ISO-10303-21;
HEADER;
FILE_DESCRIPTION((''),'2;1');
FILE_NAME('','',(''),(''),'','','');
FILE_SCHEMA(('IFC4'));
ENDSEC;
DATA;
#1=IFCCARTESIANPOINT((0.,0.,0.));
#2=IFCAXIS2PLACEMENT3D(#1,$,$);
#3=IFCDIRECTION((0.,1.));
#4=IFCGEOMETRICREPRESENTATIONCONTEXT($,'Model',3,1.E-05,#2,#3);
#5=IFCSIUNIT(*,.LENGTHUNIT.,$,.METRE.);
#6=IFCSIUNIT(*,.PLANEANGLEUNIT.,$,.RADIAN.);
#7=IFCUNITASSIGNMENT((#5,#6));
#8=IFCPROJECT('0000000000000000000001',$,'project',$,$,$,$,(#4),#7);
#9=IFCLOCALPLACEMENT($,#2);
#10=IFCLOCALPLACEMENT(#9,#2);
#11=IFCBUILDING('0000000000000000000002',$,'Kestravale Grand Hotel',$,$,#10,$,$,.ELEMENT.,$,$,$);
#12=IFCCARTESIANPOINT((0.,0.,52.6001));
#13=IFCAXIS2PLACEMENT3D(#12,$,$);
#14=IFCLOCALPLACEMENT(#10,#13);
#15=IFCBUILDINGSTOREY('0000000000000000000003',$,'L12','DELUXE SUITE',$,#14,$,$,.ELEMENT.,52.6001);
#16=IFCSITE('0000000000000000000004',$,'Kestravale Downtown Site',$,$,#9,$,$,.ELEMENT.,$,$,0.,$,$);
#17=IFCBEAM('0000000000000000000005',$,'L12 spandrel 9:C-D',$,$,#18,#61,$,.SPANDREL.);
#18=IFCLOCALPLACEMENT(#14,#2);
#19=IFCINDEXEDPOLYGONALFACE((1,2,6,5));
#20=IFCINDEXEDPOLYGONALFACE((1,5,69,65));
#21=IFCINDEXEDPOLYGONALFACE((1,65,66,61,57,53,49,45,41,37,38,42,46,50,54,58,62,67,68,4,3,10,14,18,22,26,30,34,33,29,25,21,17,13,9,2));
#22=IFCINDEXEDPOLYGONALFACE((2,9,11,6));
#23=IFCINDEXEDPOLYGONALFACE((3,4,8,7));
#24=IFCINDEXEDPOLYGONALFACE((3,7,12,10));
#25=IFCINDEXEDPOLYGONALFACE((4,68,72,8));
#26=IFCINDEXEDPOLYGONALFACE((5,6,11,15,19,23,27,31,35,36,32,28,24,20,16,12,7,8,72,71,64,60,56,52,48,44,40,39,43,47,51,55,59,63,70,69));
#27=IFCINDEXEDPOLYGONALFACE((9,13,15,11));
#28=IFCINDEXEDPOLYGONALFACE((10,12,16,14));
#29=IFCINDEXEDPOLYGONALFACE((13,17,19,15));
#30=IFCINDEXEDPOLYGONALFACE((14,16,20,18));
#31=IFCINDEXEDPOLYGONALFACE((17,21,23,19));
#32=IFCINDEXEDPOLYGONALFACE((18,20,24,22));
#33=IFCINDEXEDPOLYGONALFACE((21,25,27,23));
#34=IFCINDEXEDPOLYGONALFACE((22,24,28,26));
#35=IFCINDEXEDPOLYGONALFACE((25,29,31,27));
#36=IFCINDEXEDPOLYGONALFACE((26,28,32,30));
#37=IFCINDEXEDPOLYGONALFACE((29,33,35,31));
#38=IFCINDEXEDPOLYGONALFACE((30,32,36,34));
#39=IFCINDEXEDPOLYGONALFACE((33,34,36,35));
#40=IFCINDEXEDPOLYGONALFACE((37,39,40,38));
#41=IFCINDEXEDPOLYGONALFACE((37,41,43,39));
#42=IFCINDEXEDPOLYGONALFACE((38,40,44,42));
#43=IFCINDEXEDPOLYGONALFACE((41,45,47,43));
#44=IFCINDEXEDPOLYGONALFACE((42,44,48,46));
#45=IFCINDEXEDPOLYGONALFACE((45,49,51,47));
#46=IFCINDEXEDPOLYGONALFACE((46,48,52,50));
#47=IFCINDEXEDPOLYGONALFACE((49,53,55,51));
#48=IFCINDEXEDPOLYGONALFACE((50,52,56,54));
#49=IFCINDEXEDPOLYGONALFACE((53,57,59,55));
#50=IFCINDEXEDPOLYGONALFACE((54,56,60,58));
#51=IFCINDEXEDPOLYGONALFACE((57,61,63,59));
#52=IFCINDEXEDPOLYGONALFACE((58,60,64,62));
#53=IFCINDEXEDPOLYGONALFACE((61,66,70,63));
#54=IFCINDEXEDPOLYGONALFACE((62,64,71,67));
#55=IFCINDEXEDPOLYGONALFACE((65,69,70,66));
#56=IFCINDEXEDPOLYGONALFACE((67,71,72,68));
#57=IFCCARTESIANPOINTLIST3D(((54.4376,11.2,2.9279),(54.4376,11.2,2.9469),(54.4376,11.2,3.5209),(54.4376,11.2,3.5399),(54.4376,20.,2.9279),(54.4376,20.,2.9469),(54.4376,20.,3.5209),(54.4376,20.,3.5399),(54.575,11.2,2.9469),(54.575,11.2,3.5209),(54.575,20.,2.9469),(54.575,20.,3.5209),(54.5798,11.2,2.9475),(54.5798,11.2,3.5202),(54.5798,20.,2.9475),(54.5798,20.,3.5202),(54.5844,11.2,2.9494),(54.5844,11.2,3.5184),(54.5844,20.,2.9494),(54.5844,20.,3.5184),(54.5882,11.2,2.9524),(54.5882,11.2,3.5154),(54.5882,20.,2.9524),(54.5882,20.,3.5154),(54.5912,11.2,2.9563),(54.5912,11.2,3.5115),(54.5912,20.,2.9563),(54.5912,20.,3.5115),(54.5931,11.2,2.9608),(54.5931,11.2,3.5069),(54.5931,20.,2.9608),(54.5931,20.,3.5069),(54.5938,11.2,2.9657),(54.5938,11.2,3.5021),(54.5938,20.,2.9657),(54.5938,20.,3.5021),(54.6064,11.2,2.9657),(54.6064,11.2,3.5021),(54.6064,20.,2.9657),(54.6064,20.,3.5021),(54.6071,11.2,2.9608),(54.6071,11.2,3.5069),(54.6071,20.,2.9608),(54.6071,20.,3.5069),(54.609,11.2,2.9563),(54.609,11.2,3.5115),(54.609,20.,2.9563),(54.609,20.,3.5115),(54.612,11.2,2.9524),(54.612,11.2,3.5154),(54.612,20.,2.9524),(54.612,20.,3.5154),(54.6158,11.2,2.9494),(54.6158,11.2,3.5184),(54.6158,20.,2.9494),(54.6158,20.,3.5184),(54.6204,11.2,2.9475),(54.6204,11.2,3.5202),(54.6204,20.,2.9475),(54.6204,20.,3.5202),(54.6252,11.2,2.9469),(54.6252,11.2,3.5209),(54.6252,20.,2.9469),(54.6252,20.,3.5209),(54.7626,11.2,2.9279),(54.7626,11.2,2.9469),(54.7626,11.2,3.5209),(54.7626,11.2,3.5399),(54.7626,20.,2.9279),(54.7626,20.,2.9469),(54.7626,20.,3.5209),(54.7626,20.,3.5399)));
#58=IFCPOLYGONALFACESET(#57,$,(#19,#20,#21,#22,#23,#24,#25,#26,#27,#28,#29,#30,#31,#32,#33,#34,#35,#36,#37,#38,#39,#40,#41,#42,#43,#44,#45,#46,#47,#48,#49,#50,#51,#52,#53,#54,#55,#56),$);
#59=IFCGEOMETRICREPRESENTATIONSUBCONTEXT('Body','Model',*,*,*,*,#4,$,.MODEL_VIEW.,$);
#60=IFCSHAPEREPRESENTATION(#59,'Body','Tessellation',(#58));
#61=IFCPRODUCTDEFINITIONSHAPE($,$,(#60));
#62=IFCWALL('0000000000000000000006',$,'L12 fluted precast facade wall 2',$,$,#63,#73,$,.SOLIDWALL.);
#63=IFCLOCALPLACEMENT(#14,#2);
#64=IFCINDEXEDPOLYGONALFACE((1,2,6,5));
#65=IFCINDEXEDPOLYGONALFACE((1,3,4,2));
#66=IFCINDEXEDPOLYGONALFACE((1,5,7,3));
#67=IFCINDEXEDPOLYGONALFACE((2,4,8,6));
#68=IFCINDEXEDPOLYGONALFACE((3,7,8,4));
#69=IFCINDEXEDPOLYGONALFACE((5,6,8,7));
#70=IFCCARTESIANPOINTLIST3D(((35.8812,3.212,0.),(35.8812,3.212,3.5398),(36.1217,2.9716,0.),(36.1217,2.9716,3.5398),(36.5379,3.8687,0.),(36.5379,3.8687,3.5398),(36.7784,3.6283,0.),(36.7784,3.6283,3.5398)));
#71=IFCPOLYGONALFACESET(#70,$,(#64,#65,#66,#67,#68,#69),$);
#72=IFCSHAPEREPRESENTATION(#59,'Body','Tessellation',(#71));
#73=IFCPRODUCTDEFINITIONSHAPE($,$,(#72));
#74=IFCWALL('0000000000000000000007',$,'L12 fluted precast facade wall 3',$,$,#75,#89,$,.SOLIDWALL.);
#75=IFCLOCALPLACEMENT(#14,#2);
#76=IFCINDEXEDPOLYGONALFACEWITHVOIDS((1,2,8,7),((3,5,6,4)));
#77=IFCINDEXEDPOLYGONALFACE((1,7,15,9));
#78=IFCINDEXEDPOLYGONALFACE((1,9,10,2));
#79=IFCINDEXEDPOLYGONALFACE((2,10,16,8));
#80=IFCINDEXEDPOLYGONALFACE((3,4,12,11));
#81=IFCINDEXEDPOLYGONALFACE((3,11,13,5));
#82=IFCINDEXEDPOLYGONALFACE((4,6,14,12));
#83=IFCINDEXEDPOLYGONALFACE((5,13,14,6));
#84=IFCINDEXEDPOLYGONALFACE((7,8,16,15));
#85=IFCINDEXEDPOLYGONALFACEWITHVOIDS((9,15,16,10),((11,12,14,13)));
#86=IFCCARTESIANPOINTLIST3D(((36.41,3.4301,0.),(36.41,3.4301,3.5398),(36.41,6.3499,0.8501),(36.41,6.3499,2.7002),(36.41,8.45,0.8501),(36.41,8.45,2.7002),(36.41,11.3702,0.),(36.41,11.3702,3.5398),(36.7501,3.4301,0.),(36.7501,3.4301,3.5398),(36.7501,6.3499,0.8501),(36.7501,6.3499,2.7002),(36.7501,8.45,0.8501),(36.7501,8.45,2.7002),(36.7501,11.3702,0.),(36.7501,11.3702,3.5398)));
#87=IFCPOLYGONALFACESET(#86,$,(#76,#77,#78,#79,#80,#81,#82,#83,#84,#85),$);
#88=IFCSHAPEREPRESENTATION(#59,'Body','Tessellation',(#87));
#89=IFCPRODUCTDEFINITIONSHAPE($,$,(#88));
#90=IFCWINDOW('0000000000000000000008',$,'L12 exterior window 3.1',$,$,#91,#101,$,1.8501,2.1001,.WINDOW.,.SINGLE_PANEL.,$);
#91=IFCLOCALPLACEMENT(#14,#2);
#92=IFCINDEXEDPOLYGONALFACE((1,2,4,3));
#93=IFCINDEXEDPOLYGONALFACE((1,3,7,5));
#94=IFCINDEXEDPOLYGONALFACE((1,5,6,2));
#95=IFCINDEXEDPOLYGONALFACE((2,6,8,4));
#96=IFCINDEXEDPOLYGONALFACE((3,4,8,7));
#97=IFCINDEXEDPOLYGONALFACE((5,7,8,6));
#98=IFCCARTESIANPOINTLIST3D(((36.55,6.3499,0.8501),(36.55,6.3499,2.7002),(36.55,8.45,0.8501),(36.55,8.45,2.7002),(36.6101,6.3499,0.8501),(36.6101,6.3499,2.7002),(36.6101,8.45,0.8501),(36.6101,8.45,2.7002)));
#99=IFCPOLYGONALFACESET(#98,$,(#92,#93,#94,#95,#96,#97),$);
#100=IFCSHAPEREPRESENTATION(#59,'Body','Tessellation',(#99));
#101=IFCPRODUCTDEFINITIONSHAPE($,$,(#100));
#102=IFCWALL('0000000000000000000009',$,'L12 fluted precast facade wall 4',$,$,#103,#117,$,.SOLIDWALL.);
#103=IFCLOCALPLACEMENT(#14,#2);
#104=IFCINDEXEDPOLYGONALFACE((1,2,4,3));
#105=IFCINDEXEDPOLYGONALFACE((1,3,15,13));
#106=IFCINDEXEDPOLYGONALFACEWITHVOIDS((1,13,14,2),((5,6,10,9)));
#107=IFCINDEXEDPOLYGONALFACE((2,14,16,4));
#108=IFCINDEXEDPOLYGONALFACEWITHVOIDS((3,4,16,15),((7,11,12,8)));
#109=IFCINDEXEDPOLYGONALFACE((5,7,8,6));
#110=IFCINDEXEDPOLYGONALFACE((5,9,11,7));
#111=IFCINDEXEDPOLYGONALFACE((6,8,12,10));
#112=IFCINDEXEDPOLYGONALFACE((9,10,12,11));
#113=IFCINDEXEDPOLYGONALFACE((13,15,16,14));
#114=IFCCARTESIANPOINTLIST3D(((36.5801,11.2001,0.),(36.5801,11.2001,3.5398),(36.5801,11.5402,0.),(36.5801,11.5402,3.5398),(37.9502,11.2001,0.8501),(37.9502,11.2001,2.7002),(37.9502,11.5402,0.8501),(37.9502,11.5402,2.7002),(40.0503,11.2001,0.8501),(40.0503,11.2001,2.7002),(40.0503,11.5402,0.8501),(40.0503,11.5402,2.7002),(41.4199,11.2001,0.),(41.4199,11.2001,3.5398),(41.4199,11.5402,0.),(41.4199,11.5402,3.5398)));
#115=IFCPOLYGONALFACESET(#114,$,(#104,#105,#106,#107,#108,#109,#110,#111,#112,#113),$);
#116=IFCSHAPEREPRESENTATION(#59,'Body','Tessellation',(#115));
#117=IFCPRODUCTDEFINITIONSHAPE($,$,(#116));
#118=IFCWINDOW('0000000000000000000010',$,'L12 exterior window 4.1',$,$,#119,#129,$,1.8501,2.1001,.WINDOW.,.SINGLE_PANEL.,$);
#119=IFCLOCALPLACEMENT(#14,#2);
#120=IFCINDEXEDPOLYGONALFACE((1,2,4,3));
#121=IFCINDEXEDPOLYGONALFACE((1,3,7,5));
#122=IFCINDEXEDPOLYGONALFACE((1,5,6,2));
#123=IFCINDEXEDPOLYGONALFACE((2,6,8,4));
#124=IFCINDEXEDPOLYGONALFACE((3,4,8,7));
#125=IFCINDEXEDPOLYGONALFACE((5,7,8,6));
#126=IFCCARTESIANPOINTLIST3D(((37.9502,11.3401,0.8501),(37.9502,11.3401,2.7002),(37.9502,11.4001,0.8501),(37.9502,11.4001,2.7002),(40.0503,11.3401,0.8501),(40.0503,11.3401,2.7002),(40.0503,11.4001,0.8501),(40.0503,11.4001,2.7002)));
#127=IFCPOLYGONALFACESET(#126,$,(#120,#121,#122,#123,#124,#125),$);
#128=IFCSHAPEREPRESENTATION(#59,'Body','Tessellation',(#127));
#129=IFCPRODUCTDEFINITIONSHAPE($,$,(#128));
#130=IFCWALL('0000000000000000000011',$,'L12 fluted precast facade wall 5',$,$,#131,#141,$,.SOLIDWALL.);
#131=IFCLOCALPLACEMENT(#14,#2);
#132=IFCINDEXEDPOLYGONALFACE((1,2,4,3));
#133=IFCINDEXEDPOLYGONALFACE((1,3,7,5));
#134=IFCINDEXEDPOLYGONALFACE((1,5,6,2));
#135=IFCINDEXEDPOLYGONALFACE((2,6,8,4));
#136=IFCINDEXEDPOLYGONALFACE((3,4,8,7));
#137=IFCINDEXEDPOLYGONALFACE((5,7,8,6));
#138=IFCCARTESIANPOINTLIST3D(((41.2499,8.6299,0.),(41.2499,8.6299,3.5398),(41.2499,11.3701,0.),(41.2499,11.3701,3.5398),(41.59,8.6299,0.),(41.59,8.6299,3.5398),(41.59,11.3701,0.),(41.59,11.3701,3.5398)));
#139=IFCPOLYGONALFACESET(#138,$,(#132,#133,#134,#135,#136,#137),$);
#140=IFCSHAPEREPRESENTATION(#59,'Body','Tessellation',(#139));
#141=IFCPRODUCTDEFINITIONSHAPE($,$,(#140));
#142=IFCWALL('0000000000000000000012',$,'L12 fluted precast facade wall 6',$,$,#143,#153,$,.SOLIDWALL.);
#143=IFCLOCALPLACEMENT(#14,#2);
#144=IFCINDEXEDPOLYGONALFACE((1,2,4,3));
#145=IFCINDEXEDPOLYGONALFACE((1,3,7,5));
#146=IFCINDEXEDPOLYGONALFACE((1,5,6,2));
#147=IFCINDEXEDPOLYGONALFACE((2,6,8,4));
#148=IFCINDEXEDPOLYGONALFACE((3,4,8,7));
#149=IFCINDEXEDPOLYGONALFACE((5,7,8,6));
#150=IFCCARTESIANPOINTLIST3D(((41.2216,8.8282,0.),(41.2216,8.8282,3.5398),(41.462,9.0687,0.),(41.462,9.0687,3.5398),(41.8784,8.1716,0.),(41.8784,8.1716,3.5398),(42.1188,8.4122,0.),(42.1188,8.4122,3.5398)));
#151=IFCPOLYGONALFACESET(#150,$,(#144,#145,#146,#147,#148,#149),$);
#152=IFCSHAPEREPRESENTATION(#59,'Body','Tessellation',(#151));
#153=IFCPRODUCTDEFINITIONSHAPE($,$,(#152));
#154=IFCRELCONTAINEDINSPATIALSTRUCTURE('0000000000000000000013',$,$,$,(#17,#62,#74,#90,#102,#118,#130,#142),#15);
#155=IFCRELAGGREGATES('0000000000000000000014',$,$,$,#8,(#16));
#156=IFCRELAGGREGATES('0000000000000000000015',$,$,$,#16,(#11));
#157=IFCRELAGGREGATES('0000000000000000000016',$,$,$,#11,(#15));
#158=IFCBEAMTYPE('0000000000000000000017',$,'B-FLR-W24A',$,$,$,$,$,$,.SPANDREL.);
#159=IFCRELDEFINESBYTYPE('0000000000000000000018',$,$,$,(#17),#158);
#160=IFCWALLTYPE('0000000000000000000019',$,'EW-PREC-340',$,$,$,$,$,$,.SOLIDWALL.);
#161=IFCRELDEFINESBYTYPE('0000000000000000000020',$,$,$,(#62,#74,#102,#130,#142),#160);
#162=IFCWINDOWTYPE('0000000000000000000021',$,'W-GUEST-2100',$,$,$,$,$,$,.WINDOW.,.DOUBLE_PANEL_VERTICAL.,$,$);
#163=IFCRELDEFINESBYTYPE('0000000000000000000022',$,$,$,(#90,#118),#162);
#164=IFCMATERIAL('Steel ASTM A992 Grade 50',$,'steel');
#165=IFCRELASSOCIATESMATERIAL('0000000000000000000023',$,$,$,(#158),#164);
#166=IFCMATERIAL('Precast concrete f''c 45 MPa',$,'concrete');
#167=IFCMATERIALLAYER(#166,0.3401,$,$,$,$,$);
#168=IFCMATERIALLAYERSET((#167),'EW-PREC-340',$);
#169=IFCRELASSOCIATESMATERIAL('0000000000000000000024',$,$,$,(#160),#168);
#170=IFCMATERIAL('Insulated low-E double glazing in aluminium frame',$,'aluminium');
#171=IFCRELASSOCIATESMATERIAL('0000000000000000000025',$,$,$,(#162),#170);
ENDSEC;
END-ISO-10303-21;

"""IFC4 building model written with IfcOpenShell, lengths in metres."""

from ifc_helpers import new_model, si_unit, direction, frame, frame_2d, origin, origin_2d, place, context, subcontext, project, spatial, rectangle, i_section, extrude, material, layer, layer_set, material_profile, profile_set, type_object, element, fill, save


model = new_model("IFC4")

# Units and contexts
model_context = context("Model", 3, precision=1e-05, world=origin(), true_north=direction((0.0, 1.0)))
body_context = subcontext(model_context, "Body", "Model", "MODEL_VIEW")
ifc_project = project(units=[si_unit("LENGTHUNIT", "METRE"), si_unit("PLANEANGLEUNIT", "RADIAN")], contexts=[model_context])

# Site, building, storey
site_placement = place(None, origin())
site = spatial("IfcSite", under=ifc_project, at=site_placement, Name="Kestravale Downtown Site", CompositionType="ELEMENT", RefElevation=0.0)
building_placement = place(site_placement, origin())
building = spatial("IfcBuilding", under=site, at=building_placement, Name="Kestravale Grand Hotel", CompositionType="ELEMENT")
storey_placement = place(building_placement, frame((0.0, 0.0, 52.6001)))
storey = spatial("IfcBuildingStorey", under=building, at=storey_placement, Name="L12", Description="DELUXE SUITE", CompositionType="ELEMENT", Elevation=52.6001)

# Beam
ifc_material_1 = material(Name="Steel ASTM A992 Grade 50", Category="steel")
ifc_material_profile_1 = material_profile(ifc_material_1, i_section(OverallWidth=0.325, OverallDepth=0.6121, WebThickness=0.0127, FlangeThickness=0.019, FilletRadius=0.0188, at=origin_2d()))
ifc_profile_set_1 = profile_set([ifc_material_profile_1], Name="Steel ASTM A992 Grade 50")
beam_type_1 = type_object("IfcBeamType", Name="B-FLR-W24A", PredefinedType="SPANDREL", material=ifc_profile_set_1)
beam_1_placement = place(storey_placement, frame((54.6001, 11.2, 3.2339), z_axis=(0.0, 1.0, 0.0), x_axis=(-1.0, 0.0, 0.0)))
element("IfcBeam", 1, at=beam_1_placement, inside=storey, type_object=beam_type_1, Name="L12 spandrel 9:C-D", PredefinedType="SPANDREL", context=body_context, shape_type="SweptSolid", body=[
    extrude(i_section(OverallWidth=0.325, OverallDepth=0.6121, WebThickness=0.0127, FlangeThickness=0.019, FilletRadius=0.0188, at=origin_2d()), origin(), (0.0, 0.0, 1.0), 8.8),
])

# Wall
ifc_material_2 = material(Name="Precast concrete f'c 45 MPa", Category="concrete")
ifc_layer_1 = layer(ifc_material_2, 0.3401)
ifc_layer_set_1 = layer_set([ifc_layer_1], Name="EW-PREC-340")
wall_type_1 = type_object("IfcWallType", Name="EW-PREC-340", PredefinedType="SOLIDWALL", material=ifc_layer_set_1)
wall_1_placement = place(storey_placement, frame((36.0015, 3.0918, 0.0), z_axis=(0.0, 0.0, 1.0), x_axis=(0.707107, 0.707107, 0.0)))
element("IfcWall", 2, at=wall_1_placement, inside=storey, type_object=wall_type_1, Name="L12 fluted precast facade wall 2", PredefinedType="SOLIDWALL", context=body_context, shape_type="SweptSolid", body=[
    extrude(rectangle(XDim=0.9287, YDim=0.3401, at=frame_2d((0.4644, 0.0))), origin(), (0.0, 0.0, 1.0), 3.5398),
])

# Walls, openings, windows
wall_2_placement = place(storey_placement, frame((36.5801, 3.4299, 0.0), z_axis=(0.0, 0.0, 1.0), x_axis=(0.0, 1.0, 0.0)))
wall_2 = element("IfcWall", 3, at=wall_2_placement, inside=storey, type_object=wall_type_1, Name="L12 fluted precast facade wall 3", PredefinedType="SOLIDWALL", context=body_context, shape_type="SweptSolid", body=[
    extrude(rectangle(XDim=7.9402, YDim=0.3401, at=frame_2d((3.9702, 0.0))), origin(), (0.0, 0.0, 1.0), 3.5398),
])
opening_1_placement = place(wall_2_placement, frame((2.9199, 0.0, 0.8501)))
opening_1 = element("IfcOpeningElement", 4, at=opening_1_placement, cuts=wall_2, PredefinedType="OPENING", context=body_context, shape_type="SweptSolid", body=[
    extrude(rectangle(XDim=2.1001, YDim=1.8501, at=frame_2d((1.05, 0.925))), frame((0.0, 0.1799, 0.0), z_axis=(0.0, -1.0, 0.0), x_axis=(1.0, 0.0, 0.0)), (0.0, 0.0, 1.0), 0.3601),
])
ifc_material_3 = material(Name="Insulated low-E double glazing in aluminium frame", Category="aluminium")
window_type_1 = type_object("IfcWindowType", Name="W-GUEST-2100", PartitioningType="DOUBLE_PANEL_VERTICAL", PredefinedType="WINDOW", material=ifc_material_3)
window_1_placement = place(opening_1_placement, origin())
window_1 = element("IfcWindow", 5, at=window_1_placement, inside=storey, type_object=window_type_1, Name="L12 exterior window 3.1", OverallHeight=1.8501, OverallWidth=2.1001, PartitioningType="SINGLE_PANEL", PredefinedType="WINDOW", context=body_context, shape_type="SweptSolid", body=[
    extrude(rectangle(XDim=2.1001, YDim=1.8501, at=frame_2d((1.05, 0.925))), frame((0.0, 0.03, 0.0), z_axis=(0.0, -1.0, 0.0), x_axis=(1.0, 0.0, 0.0)), (0.0, 0.0, 1.0), 0.0601),
])
fill(opening_1, window_1)
wall_3_placement = place(storey_placement, frame((36.5801, 11.3701, 0.0), z_axis=(0.0, 0.0, 1.0), x_axis=(1.0, 0.0, 0.0)))
wall_3 = element("IfcWall", 6, at=wall_3_placement, inside=storey, type_object=wall_type_1, Name="L12 fluted precast facade wall 4", PredefinedType="SOLIDWALL", context=body_context, shape_type="SweptSolid", body=[
    extrude(rectangle(XDim=4.8398, YDim=0.3401, at=frame_2d((2.4199, 0.0))), origin(), (0.0, 0.0, 1.0), 3.5398),
])
opening_2_placement = place(wall_3_placement, frame((1.3701, 0.0, 0.8501)))
opening_2 = element("IfcOpeningElement", 7, at=opening_2_placement, cuts=wall_3, PredefinedType="OPENING", context=body_context, shape_type="SweptSolid", body=[
    extrude(rectangle(XDim=2.1001, YDim=1.8501, at=frame_2d((1.05, 0.925))), frame((0.0, 0.1799, 0.0), z_axis=(0.0, -1.0, 0.0), x_axis=(1.0, 0.0, 0.0)), (0.0, 0.0, 1.0), 0.3601),
])
window_2_placement = place(opening_2_placement, origin())
window_2 = element("IfcWindow", 8, at=window_2_placement, inside=storey, type_object=window_type_1, Name="L12 exterior window 4.1", OverallHeight=1.8501, OverallWidth=2.1001, PartitioningType="SINGLE_PANEL", PredefinedType="WINDOW", context=body_context, shape_type="SweptSolid", body=[
    extrude(rectangle(XDim=2.1001, YDim=1.8501, at=frame_2d((1.05, 0.925))), frame((0.0, 0.03, 0.0), z_axis=(0.0, -1.0, 0.0), x_axis=(1.0, 0.0, 0.0)), (0.0, 0.0, 1.0), 0.0601),
])
fill(opening_2, window_2)

# Walls
wall_4_placement = place(storey_placement, frame((41.4199, 11.3701, 0.0), z_axis=(0.0, 0.0, 1.0), x_axis=(0.0, -1.0, 0.0)))
element("IfcWall", 9, at=wall_4_placement, inside=storey, type_object=wall_type_1, Name="L12 fluted precast facade wall 5", PredefinedType="SOLIDWALL", context=body_context, shape_type="SweptSolid", body=[
    extrude(rectangle(XDim=2.7402, YDim=0.3401, at=frame_2d((1.3701, 0.0))), origin(), (0.0, 0.0, 1.0), 3.5398),
])
wall_5_placement = place(storey_placement, frame((41.3418, 8.9485, 0.0), z_axis=(0.0, 0.0, 1.0), x_axis=(0.707238, -0.706975, 0.0)))
element("IfcWall", 10, at=wall_5_placement, inside=storey, type_object=wall_type_1, Name="L12 fluted precast facade wall 6", PredefinedType="SOLIDWALL", context=body_context, shape_type="SweptSolid", body=[
    extrude(rectangle(XDim=0.9287, YDim=0.3401, at=frame_2d((0.4644, 0.0))), origin(), (0.0, 0.0, 1.0), 3.5398),
])

save(model, "model.ifc")
